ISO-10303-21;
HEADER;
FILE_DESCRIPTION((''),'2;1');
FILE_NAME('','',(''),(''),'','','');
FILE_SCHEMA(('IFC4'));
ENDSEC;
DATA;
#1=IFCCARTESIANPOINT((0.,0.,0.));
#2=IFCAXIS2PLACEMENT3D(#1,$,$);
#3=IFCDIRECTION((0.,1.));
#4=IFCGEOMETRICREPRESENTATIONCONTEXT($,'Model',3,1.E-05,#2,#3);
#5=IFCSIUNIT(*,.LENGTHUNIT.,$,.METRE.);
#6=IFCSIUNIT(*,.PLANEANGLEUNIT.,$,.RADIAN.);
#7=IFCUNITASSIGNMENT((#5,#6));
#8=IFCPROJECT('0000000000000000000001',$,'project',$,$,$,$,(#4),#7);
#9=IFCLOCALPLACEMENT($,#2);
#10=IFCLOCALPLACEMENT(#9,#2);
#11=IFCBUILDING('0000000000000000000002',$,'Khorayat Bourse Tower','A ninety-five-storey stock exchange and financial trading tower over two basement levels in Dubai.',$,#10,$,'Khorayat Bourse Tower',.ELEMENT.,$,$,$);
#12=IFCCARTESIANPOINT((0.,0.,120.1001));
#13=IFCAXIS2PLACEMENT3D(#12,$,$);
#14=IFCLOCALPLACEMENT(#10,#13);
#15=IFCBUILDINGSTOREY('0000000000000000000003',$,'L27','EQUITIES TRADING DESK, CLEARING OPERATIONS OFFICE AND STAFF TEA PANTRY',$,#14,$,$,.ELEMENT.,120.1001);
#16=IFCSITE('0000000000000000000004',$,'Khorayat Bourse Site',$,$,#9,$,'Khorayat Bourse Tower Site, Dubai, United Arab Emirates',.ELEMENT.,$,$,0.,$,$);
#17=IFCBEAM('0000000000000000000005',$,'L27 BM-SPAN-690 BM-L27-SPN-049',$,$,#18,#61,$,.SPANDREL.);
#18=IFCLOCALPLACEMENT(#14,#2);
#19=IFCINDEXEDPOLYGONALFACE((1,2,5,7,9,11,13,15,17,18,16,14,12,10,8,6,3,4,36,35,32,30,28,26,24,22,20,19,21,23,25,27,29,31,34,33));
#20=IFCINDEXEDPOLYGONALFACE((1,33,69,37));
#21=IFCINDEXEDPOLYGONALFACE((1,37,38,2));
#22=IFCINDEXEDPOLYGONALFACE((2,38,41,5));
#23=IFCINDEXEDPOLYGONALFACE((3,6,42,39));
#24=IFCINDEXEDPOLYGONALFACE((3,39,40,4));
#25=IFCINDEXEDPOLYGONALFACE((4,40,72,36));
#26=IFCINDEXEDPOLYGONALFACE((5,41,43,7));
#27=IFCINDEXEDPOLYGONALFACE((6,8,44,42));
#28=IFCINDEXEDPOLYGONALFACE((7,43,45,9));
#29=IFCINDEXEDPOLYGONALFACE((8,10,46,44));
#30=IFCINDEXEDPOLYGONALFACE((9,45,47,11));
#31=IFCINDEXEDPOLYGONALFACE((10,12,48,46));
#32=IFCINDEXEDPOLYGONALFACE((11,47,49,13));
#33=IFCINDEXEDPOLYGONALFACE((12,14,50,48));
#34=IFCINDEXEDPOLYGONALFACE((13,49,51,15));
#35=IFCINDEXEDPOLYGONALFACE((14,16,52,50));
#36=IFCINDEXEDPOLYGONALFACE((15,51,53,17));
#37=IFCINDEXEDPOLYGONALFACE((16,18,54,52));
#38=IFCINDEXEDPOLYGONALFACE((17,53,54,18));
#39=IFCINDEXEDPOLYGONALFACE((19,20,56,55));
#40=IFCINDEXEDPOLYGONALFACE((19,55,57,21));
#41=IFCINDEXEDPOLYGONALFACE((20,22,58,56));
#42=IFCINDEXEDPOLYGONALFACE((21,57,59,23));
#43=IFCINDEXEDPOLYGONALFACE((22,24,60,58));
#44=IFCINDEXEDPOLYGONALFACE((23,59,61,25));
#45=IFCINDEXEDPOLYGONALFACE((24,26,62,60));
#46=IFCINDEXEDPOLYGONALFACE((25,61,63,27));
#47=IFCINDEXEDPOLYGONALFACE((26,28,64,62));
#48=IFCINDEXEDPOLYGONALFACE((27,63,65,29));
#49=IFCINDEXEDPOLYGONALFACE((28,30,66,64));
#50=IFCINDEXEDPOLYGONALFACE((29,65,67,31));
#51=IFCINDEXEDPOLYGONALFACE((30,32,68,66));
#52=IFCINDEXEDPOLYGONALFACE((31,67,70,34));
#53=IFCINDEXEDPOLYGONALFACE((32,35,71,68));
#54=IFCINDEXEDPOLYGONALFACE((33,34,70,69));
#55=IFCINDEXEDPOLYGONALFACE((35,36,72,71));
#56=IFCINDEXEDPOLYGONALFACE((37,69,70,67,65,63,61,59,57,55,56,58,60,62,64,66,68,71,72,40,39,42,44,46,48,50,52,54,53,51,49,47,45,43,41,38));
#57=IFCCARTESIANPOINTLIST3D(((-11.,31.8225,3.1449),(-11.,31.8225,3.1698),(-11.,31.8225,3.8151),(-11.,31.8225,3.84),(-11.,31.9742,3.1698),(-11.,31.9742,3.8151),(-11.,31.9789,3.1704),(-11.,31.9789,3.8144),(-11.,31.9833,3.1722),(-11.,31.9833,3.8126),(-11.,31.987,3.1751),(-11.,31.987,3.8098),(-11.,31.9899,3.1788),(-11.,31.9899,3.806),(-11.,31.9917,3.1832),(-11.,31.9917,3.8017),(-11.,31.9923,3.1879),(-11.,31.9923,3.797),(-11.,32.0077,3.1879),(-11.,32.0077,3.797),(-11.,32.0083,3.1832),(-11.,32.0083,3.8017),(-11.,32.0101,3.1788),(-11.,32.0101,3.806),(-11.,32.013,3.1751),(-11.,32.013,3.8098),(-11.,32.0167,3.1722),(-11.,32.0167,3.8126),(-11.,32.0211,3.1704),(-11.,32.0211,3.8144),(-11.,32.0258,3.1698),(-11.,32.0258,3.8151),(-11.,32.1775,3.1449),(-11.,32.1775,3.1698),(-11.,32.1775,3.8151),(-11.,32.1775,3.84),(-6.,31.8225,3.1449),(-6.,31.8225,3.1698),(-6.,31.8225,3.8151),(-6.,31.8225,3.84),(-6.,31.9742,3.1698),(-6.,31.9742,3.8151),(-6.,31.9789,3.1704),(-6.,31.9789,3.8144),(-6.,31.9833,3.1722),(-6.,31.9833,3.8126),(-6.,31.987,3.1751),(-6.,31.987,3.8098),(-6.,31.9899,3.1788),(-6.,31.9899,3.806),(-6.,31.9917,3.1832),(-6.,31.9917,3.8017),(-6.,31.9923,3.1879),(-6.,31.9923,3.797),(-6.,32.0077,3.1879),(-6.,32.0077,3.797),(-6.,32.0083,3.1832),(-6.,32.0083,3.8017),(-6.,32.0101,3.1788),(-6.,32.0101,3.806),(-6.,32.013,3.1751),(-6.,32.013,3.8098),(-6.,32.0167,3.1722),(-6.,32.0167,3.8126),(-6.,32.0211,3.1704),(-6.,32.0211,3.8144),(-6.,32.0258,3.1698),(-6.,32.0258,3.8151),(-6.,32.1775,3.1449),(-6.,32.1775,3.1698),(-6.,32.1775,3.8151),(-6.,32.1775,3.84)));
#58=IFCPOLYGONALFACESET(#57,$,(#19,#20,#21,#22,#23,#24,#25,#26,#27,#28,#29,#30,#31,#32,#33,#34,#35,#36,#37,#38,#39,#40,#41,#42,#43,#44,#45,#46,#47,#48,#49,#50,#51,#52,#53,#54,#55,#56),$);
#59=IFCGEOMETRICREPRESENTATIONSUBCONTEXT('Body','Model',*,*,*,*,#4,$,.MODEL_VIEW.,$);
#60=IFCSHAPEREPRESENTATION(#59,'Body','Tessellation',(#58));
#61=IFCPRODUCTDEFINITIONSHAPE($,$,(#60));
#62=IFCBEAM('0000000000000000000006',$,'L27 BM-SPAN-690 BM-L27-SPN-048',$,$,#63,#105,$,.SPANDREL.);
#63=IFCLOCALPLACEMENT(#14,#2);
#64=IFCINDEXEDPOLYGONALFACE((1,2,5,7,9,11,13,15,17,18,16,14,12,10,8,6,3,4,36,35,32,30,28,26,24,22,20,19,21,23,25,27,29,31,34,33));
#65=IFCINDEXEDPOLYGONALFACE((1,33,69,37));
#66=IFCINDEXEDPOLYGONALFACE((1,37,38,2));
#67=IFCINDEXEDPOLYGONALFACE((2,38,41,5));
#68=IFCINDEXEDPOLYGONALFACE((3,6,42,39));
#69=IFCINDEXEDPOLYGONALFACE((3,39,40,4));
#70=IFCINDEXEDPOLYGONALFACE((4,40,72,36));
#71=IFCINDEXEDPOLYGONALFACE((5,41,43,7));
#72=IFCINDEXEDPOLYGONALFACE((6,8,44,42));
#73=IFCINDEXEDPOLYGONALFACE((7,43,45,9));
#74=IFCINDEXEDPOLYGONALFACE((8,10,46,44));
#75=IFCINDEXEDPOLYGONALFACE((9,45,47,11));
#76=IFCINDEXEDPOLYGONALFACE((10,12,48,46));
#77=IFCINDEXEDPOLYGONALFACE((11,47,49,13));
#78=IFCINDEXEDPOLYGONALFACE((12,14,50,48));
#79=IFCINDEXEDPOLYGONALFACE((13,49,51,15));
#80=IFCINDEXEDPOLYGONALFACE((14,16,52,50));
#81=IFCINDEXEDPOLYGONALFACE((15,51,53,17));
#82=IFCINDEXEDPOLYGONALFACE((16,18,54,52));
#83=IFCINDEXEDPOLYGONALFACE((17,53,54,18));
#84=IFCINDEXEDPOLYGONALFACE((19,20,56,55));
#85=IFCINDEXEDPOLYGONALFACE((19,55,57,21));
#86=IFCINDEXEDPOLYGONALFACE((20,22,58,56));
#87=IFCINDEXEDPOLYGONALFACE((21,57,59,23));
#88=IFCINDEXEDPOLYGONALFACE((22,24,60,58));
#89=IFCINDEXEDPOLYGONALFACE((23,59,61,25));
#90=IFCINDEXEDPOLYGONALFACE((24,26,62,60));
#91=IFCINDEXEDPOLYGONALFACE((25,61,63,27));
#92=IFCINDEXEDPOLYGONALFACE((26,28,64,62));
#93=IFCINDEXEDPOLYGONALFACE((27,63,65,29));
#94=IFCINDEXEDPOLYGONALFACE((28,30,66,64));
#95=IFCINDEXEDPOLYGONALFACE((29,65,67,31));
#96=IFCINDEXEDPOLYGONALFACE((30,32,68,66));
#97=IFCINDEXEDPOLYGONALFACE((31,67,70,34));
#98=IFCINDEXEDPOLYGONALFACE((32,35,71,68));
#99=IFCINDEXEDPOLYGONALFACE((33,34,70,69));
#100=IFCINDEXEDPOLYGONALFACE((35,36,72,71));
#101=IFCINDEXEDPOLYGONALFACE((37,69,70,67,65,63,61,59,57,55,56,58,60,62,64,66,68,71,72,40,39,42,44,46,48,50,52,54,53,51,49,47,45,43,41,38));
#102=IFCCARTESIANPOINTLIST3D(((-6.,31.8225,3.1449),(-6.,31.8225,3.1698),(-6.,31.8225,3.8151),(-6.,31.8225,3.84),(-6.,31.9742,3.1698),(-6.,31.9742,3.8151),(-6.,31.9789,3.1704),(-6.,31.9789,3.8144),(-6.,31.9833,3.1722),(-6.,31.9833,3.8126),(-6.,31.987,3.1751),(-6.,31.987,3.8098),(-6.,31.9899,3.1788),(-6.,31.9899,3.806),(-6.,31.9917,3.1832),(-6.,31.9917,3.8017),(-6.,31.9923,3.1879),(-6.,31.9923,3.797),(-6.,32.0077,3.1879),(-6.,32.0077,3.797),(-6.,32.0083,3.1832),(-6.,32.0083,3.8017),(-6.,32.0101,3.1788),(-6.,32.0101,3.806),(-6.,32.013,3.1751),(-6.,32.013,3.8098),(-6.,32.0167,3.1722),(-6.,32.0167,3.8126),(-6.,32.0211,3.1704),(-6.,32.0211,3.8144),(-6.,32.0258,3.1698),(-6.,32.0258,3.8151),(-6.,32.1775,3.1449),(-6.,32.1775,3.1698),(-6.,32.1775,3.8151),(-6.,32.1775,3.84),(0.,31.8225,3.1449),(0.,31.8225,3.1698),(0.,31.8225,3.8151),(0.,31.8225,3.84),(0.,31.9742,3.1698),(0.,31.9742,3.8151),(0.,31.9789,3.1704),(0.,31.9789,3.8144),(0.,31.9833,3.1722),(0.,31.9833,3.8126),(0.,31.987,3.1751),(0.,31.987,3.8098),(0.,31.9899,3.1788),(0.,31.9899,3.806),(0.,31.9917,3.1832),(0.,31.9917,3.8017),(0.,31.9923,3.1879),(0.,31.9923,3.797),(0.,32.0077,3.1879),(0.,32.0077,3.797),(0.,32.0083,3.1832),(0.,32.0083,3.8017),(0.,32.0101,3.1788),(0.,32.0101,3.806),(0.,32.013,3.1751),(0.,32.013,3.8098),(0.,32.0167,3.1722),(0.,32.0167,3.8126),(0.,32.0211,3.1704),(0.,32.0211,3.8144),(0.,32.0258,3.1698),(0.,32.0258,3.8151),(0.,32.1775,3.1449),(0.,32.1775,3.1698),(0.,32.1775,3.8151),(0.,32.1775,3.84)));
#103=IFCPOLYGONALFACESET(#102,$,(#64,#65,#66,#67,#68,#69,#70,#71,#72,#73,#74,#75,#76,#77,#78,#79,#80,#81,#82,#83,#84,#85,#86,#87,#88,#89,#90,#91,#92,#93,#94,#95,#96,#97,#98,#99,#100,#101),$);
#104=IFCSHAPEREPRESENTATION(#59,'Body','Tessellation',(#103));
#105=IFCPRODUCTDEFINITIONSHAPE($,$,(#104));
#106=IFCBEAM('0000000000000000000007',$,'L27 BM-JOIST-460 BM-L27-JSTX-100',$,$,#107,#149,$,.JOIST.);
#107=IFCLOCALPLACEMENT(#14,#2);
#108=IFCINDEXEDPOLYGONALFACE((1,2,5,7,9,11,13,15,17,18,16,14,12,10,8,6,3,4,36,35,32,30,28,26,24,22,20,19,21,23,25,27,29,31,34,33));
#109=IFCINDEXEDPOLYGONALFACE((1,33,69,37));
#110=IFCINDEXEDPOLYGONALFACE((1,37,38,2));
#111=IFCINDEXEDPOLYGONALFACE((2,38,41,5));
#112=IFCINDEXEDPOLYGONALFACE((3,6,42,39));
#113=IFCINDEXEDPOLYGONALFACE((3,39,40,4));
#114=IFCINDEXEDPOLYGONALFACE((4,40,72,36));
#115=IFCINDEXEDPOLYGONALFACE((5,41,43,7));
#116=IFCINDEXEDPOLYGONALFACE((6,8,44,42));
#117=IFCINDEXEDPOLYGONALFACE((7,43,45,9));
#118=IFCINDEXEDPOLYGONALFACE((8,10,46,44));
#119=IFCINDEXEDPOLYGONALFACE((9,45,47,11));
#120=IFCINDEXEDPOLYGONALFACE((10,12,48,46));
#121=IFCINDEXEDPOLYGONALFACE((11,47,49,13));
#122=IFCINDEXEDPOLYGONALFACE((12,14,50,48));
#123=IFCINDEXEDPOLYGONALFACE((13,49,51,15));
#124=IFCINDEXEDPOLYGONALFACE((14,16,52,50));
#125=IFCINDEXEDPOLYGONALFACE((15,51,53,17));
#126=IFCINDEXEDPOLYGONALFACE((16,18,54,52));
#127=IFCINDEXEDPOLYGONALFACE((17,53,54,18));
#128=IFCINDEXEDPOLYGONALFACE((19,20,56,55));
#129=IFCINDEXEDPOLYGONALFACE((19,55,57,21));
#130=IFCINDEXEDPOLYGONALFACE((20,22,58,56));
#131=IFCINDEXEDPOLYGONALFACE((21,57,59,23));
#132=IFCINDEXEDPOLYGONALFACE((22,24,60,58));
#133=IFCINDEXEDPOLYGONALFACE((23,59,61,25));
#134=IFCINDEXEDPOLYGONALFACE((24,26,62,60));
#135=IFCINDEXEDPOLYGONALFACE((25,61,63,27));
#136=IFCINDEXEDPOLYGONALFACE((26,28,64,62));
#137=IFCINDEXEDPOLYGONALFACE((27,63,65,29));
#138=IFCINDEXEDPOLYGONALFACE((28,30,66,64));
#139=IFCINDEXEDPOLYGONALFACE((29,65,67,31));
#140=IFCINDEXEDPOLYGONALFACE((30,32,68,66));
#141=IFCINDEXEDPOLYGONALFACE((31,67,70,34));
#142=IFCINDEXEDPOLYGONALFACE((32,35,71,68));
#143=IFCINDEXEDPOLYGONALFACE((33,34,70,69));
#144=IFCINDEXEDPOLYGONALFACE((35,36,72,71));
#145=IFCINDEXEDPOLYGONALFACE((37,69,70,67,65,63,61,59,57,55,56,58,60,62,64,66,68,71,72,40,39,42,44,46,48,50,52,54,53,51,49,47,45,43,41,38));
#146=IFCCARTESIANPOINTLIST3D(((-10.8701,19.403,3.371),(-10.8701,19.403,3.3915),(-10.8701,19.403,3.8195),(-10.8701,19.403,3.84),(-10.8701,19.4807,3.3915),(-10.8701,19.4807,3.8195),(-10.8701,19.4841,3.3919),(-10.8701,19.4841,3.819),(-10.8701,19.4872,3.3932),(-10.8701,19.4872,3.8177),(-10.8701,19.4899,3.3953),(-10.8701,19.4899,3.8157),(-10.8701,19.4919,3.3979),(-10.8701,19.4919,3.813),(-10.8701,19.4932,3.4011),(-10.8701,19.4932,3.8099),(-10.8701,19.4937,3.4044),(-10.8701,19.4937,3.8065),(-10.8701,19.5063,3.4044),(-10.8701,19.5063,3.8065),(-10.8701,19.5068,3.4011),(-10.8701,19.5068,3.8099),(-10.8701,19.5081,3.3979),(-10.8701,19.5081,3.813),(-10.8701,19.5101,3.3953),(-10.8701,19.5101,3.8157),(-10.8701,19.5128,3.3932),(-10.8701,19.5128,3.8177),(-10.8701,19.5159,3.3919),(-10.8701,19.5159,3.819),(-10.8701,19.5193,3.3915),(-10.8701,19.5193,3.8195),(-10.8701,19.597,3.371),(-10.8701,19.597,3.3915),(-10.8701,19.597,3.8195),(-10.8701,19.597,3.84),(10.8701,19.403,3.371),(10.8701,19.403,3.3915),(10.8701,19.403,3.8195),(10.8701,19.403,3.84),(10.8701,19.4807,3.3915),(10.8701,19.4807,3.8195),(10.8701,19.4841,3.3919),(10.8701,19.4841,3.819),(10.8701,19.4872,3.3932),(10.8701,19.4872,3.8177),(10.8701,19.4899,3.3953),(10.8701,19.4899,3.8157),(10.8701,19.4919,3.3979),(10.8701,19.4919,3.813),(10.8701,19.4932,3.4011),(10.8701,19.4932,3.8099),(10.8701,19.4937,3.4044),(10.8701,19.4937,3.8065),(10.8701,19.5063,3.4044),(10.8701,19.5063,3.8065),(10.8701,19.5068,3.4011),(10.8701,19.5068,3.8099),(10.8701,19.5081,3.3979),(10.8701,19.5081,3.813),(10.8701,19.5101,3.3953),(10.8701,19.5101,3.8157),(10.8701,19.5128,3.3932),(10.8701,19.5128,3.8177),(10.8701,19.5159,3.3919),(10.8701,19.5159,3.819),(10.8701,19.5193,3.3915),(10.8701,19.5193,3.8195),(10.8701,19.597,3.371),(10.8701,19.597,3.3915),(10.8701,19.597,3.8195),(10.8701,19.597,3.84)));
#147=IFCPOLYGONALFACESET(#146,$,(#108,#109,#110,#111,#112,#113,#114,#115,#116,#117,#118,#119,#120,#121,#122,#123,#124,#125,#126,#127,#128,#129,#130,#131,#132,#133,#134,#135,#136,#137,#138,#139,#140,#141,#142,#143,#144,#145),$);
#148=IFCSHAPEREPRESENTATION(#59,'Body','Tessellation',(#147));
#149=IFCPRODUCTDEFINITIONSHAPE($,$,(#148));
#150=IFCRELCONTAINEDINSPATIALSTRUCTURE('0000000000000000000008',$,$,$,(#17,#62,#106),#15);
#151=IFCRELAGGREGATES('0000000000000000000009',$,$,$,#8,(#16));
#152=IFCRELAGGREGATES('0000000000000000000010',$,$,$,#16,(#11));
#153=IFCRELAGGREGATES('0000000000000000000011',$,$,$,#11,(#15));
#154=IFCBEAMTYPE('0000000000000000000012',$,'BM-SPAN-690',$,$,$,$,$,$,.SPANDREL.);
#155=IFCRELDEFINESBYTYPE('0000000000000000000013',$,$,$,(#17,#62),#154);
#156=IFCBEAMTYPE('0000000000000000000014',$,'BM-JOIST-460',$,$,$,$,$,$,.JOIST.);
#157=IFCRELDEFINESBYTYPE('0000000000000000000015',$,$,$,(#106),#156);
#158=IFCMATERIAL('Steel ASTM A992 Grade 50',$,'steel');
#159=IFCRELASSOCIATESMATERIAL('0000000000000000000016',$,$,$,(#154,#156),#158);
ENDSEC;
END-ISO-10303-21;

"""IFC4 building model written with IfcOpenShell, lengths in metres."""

from ifc_helpers import new_model, si_unit, direction, frame, origin, origin_2d, place, context, subcontext, project, spatial, i_section, extrude, source, transform, mapped, material, material_profile, profile_set, type_object, element, save


model = new_model("IFC4")

# Units and contexts
model_context = context("Model", 3, precision=1e-05, world=origin(), true_north=direction((0.0, 1.0)))
body_context = subcontext(model_context, "Body", "Model", "MODEL_VIEW")
ifc_project = project(units=[si_unit("LENGTHUNIT", "METRE"), si_unit("PLANEANGLEUNIT", "RADIAN")], contexts=[model_context])

# Site, building, storey
site_placement = place(None, origin())
site = spatial("IfcSite", under=ifc_project, at=site_placement, Name="Khorayat Bourse Site", LongName="Khorayat Bourse Tower Site, Dubai, United Arab Emirates", CompositionType="ELEMENT", RefElevation=0.0)
building_placement = place(site_placement, origin())
building = spatial("IfcBuilding", under=site, at=building_placement, Name="Khorayat Bourse Tower", Description="A ninety-five-storey stock exchange and financial trading tower over two basement levels in Dubai.", LongName="Khorayat Bourse Tower", CompositionType="ELEMENT")
storey_placement = place(building_placement, frame((0.0, 0.0, 120.1001)))
storey = spatial("IfcBuildingStorey", under=building, at=storey_placement, Name="L27", Description="EQUITIES TRADING DESK, CLEARING OPERATIONS OFFICE AND STAFF TEA PANTRY", CompositionType="ELEMENT", Elevation=120.1001)

# Beams
ifc_material_1 = material(Name="Steel ASTM A992 Grade 50", Category="steel")
ifc_material_profile_1 = material_profile(ifc_material_1, i_section(OverallWidth=0.355, OverallDepth=0.6951, WebThickness=0.0154, FlangeThickness=0.0249, FilletRadius=0.0181, at=origin_2d()), Name="W690X217")
ifc_profile_set_1 = profile_set([ifc_material_profile_1], Name="Steel ASTM A992 Grade 50")
beam_type_1 = type_object("IfcBeamType", Name="BM-SPAN-690", PredefinedType="SPANDREL", material=ifc_profile_set_1)
shared_shape_1 = source(origin(), body_context, "Body", "SweptSolid", [
    extrude(i_section(OverallWidth=0.355, OverallDepth=0.6951, WebThickness=0.0154, FlangeThickness=0.0249, FilletRadius=0.0181, at=origin_2d()), origin(), (0.0, 0.0, 1.0), 5.0),
])
beam_1_placement = place(storey_placement, frame((-11.0, 32.0, 3.4924), z_axis=(1.0, 0.0, 0.0), x_axis=(0.0, 1.0, 0.0)))
element("IfcBeam", 1, at=beam_1_placement, inside=storey, type_object=beam_type_1, Name="L27 BM-SPAN-690 BM-L27-SPN-049", PredefinedType="SPANDREL", context=body_context, shape_type="MappedRepresentation", body=[
    mapped(shared_shape_1, transform((0.0, 0.0, 0.0), scale=1.0)),
])
shared_shape_2 = source(origin(), body_context, "Body", "SweptSolid", [
    extrude(i_section(OverallWidth=0.355, OverallDepth=0.6951, WebThickness=0.0154, FlangeThickness=0.0249, FilletRadius=0.0181, at=origin_2d()), origin(), (0.0, 0.0, 1.0), 6.0),
])
beam_2_placement = place(storey_placement, frame((-6.0, 32.0, 3.4924), z_axis=(1.0, 0.0, 0.0), x_axis=(0.0, 1.0, 0.0)))
element("IfcBeam", 2, at=beam_2_placement, inside=storey, type_object=beam_type_1, Name="L27 BM-SPAN-690 BM-L27-SPN-048", PredefinedType="SPANDREL", context=body_context, shape_type="MappedRepresentation", body=[
    mapped(shared_shape_2, transform((0.0, 0.0, 0.0), scale=1.0)),
])
ifc_material_profile_2 = material_profile(ifc_material_1, i_section(OverallWidth=0.1941, OverallDepth=0.469, WebThickness=0.0127, FlangeThickness=0.0205, FilletRadius=0.0129, at=origin_2d()), Name="W460X106")
ifc_profile_set_2 = profile_set([ifc_material_profile_2], Name="Steel ASTM A992 Grade 50")
beam_type_2 = type_object("IfcBeamType", Name="BM-JOIST-460", PredefinedType="JOIST", material=ifc_profile_set_2)
shared_shape_3 = source(origin(), body_context, "Body", "SweptSolid", [
    extrude(i_section(OverallWidth=0.1941, OverallDepth=0.469, WebThickness=0.0127, FlangeThickness=0.0205, FilletRadius=0.0129, at=origin_2d()), origin(), (0.0, 0.0, 1.0), 21.7402),
])
beam_3_placement = place(storey_placement, frame((-10.8701, 19.5, 3.6055), z_axis=(1.0, 0.0, 0.0), x_axis=(0.0, 1.0, 0.0)))
element("IfcBeam", 3, at=beam_3_placement, inside=storey, type_object=beam_type_2, Name="L27 BM-JOIST-460 BM-L27-JSTX-100", PredefinedType="JOIST", context=body_context, shape_type="MappedRepresentation", body=[
    mapped(shared_shape_3, transform((0.0, 0.0, 0.0), scale=1.0)),
])

save(model, "model.ifc")
